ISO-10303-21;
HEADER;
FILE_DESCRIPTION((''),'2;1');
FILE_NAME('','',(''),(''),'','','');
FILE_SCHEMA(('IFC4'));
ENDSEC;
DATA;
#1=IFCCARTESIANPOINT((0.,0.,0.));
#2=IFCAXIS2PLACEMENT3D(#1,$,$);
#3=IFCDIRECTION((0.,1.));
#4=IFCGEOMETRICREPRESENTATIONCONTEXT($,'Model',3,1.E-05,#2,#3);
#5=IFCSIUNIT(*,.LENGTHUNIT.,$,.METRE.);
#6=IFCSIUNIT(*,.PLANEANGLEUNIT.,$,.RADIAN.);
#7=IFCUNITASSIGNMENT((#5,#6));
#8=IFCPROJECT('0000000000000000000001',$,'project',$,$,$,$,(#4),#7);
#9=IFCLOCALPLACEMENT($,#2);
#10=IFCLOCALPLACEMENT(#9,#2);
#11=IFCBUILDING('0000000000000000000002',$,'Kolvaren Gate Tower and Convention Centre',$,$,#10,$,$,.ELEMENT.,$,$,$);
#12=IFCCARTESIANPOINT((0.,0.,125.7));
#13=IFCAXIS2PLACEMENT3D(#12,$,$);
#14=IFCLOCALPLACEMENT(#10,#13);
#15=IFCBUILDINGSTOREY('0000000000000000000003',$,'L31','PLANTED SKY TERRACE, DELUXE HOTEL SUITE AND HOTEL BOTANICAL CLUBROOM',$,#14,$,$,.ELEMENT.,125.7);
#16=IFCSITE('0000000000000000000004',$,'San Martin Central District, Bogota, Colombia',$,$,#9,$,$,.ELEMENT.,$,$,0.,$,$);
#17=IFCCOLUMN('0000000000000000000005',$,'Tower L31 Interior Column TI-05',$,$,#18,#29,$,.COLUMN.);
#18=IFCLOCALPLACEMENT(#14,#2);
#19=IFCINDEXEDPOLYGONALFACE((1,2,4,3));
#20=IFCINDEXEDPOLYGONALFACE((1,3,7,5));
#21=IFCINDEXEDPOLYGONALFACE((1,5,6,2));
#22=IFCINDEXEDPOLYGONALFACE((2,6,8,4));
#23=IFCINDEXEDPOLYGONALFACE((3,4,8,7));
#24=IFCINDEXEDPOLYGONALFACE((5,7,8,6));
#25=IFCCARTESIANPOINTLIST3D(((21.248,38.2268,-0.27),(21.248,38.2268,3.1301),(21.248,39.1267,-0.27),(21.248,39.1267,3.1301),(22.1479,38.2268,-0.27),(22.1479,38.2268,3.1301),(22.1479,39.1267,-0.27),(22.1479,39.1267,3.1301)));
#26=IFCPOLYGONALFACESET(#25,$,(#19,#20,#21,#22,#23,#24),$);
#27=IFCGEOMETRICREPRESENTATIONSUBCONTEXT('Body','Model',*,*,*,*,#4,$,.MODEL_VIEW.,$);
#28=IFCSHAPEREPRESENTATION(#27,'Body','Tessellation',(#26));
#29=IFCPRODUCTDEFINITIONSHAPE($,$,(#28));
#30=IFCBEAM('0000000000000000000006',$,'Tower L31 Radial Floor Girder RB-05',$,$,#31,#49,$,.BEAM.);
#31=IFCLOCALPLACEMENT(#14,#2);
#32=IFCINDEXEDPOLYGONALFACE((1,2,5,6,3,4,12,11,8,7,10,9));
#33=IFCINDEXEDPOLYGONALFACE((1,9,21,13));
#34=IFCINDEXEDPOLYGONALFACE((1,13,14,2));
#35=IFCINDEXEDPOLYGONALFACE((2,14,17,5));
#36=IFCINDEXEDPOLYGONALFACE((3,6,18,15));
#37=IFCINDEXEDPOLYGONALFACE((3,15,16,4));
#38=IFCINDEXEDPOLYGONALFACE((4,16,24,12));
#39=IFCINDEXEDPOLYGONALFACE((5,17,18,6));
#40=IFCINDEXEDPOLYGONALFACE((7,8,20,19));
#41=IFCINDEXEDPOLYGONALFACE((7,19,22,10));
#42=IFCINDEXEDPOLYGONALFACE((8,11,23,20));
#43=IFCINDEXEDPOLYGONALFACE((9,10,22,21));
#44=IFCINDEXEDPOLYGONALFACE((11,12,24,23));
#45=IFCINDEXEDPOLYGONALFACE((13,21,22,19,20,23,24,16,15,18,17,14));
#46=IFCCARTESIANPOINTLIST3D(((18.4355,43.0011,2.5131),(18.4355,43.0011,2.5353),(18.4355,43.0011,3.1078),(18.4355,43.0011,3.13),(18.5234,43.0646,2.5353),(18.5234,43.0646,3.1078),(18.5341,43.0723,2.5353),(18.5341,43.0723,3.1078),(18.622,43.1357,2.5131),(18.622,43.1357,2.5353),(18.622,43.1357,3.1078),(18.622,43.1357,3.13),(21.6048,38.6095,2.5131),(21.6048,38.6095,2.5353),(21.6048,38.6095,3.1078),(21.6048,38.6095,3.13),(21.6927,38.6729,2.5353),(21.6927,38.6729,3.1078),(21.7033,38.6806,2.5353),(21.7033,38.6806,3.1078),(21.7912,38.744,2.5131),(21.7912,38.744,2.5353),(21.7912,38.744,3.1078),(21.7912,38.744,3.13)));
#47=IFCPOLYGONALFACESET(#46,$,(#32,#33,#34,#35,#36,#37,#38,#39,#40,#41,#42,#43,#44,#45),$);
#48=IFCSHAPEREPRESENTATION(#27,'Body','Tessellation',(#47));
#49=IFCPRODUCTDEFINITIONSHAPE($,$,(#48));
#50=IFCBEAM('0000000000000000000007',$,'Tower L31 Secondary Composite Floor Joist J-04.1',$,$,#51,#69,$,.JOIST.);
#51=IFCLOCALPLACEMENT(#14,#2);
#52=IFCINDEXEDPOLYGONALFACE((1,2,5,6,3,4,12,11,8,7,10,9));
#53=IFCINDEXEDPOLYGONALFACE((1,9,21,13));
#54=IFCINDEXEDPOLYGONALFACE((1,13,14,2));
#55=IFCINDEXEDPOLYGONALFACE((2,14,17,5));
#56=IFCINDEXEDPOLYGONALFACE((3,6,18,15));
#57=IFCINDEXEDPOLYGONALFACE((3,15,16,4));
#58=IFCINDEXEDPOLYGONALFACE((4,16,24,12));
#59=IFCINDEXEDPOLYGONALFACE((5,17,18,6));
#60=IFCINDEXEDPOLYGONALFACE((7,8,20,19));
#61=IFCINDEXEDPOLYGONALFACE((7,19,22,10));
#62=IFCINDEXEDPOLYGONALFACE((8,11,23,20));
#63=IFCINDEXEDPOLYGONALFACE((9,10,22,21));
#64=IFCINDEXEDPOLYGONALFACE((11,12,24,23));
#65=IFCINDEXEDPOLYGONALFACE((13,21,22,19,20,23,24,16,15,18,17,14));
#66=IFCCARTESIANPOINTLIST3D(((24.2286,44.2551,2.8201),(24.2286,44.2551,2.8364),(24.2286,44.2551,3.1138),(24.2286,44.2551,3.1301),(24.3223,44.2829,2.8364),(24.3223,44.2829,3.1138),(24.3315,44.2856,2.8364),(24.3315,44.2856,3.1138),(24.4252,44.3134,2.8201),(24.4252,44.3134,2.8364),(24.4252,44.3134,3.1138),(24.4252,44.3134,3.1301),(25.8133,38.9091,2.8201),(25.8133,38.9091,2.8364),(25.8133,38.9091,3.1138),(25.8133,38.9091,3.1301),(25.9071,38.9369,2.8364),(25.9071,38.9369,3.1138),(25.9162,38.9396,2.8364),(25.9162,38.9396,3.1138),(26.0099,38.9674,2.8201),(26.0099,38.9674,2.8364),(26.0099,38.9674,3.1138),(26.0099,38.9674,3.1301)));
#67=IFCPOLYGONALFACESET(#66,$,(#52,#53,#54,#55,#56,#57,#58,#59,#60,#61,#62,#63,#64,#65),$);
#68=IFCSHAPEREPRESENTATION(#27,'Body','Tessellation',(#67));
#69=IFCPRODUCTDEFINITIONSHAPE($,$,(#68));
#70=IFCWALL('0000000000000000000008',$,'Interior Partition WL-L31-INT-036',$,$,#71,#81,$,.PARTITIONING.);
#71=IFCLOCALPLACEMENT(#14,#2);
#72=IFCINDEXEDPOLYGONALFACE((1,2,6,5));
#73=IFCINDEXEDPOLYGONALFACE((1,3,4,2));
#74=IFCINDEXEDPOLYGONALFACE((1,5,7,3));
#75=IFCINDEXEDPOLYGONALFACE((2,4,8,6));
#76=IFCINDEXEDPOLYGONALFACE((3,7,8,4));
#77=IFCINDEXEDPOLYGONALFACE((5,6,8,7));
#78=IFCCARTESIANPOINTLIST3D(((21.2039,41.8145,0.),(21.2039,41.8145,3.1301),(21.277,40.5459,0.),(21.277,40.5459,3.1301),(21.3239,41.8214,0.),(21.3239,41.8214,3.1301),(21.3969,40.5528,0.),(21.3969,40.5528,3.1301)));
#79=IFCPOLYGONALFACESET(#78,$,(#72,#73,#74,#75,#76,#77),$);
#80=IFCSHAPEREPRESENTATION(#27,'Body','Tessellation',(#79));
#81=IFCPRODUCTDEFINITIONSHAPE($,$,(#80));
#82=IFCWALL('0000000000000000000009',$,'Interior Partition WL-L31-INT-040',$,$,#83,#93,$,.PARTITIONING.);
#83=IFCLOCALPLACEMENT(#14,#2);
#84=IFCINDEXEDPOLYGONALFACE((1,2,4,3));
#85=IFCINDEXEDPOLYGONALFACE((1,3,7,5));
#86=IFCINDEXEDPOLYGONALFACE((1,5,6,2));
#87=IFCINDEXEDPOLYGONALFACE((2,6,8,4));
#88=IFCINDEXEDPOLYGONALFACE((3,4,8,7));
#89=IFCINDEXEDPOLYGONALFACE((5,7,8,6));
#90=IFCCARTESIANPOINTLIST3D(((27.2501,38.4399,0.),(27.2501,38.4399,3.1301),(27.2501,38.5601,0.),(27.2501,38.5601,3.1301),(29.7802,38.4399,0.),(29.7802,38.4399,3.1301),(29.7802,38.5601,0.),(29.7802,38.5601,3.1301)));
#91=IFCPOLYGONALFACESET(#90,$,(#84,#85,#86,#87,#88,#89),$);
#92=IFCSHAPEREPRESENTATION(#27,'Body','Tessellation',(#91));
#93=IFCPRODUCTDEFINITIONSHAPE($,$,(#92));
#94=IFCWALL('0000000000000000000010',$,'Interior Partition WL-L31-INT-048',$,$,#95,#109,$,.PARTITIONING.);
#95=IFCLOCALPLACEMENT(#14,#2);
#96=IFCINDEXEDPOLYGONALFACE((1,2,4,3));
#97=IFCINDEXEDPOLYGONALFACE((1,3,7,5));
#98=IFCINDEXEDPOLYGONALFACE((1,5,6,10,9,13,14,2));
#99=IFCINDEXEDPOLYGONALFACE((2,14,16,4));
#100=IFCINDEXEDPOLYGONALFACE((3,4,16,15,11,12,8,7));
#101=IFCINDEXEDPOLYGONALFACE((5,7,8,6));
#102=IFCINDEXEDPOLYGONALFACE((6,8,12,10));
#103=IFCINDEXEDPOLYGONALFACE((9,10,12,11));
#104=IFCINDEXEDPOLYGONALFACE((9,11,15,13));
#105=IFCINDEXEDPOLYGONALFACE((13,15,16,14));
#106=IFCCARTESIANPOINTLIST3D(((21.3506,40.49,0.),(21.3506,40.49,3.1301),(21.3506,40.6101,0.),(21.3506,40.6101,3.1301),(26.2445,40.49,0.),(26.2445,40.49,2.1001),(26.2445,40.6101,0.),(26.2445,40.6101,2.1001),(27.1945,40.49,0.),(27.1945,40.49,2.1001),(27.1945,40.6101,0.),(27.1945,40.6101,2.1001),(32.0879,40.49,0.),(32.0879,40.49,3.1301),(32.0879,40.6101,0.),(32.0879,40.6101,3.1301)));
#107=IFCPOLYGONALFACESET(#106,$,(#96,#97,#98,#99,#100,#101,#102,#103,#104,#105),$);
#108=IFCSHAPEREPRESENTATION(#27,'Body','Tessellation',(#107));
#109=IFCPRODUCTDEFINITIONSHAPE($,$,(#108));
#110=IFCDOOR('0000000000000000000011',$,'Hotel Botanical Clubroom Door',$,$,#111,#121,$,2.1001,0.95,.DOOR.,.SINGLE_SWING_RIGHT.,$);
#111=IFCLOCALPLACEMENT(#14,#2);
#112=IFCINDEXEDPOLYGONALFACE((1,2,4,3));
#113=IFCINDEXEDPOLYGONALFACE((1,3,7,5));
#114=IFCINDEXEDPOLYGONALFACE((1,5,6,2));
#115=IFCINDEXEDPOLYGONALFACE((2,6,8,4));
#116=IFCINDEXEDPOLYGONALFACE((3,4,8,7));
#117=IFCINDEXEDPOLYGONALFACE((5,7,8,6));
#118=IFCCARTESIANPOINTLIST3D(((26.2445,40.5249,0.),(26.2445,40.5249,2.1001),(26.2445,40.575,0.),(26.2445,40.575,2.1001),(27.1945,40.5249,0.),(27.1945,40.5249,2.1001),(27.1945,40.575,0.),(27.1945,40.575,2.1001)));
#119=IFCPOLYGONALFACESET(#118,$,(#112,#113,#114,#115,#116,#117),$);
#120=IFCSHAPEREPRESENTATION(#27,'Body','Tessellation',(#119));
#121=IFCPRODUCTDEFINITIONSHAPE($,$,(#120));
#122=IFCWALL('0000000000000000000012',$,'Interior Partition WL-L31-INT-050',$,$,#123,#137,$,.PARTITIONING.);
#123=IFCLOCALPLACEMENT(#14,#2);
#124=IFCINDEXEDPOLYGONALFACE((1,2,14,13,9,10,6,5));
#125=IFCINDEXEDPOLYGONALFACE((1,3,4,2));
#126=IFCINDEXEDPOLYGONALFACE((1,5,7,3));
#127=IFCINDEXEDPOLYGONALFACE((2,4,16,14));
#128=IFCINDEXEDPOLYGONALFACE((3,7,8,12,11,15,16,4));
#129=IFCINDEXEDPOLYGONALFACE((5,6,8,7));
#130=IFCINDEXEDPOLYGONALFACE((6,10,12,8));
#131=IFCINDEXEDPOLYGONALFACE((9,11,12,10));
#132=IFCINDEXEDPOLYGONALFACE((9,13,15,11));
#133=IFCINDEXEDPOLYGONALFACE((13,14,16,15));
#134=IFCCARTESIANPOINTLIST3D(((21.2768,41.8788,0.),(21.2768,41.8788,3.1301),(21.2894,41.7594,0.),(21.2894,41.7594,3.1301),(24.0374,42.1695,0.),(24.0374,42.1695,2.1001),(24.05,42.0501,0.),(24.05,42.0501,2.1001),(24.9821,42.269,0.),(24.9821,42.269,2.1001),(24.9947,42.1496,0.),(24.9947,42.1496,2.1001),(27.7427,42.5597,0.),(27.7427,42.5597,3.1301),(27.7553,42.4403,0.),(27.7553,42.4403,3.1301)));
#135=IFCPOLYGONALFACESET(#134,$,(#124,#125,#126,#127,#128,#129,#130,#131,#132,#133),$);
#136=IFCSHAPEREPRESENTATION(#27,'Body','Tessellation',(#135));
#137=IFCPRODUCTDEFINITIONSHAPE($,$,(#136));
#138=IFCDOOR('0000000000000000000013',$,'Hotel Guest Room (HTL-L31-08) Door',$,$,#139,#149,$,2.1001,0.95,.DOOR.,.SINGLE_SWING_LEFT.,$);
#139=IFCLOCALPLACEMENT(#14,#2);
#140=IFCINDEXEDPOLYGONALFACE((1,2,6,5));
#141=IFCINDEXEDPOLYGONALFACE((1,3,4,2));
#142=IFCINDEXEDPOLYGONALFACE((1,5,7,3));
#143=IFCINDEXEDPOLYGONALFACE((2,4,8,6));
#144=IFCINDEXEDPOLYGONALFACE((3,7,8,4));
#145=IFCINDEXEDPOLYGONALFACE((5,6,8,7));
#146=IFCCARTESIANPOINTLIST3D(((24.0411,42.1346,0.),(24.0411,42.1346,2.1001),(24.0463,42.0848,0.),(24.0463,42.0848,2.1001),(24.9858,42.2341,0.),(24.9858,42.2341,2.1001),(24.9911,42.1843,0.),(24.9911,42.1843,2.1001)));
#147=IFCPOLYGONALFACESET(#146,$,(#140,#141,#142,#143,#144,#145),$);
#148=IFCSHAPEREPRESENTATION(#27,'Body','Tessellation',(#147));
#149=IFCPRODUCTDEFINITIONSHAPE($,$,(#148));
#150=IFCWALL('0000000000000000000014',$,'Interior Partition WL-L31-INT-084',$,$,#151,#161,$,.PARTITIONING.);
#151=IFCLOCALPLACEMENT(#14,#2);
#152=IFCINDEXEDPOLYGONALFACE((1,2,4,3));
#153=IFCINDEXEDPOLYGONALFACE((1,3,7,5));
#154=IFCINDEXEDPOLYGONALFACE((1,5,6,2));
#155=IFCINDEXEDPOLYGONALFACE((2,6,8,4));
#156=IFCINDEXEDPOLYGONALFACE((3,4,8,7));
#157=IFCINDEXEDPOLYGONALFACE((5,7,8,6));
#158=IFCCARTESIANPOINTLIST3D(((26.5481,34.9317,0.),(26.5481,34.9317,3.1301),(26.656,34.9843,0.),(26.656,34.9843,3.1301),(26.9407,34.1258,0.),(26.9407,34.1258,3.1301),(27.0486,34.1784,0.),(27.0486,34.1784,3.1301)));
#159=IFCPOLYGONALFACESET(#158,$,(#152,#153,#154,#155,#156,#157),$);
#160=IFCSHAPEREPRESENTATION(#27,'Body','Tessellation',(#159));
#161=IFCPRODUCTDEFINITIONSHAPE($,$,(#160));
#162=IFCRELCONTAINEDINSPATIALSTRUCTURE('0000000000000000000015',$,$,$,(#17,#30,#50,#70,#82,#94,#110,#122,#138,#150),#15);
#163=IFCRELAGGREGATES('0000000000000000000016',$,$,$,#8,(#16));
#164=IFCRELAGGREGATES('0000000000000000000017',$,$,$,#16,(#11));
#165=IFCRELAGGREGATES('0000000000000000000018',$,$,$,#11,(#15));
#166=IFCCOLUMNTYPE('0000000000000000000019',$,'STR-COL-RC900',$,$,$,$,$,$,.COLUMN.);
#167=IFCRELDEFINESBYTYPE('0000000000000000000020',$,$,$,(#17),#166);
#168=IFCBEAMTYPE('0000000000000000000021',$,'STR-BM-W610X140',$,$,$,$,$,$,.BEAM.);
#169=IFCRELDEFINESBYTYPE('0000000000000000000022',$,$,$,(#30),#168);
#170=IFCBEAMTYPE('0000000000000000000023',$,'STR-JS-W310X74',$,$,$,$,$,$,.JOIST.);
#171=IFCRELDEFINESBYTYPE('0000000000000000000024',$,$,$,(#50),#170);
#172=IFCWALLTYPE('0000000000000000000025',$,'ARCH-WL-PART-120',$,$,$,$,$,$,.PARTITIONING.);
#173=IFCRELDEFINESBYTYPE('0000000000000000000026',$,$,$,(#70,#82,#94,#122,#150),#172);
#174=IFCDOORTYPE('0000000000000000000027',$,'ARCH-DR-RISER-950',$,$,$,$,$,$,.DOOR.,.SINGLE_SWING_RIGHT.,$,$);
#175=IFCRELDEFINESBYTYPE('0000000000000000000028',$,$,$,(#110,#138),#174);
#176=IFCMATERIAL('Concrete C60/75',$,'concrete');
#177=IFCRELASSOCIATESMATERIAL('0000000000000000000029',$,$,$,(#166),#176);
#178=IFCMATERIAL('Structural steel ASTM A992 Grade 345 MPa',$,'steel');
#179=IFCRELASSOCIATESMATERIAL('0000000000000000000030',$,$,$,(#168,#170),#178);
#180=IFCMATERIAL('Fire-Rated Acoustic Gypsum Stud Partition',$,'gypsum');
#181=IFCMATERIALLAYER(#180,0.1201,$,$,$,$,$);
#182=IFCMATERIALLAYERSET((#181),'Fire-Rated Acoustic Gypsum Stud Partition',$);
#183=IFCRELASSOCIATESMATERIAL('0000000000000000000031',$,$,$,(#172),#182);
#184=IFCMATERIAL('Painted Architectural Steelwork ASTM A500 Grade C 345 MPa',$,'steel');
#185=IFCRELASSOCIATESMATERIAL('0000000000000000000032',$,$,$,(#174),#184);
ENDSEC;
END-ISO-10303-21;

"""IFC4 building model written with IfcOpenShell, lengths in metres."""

from ifc_helpers import new_model, si_unit, direction, frame, frame_2d, origin, origin_2d, place, context, subcontext, project, spatial, rectangle, i_section, extrude, material, layer, layer_set, material_profile, profile_set, type_object, element, fill, save


model = new_model("IFC4")

# Units and contexts
model_context = context("Model", 3, precision=1e-05, world=origin(), true_north=direction((0.0, 1.0)))
body_context = subcontext(model_context, "Body", "Model", "MODEL_VIEW")
ifc_project = project(units=[si_unit("LENGTHUNIT", "METRE"), si_unit("PLANEANGLEUNIT", "RADIAN")], contexts=[model_context])

# Site, building, storey
site_placement = place(None, origin())
site = spatial("IfcSite", under=ifc_project, at=site_placement, Name="San Martin Central District, Bogota, Colombia", CompositionType="ELEMENT", RefElevation=0.0)
building_placement = place(site_placement, origin())
building = spatial("IfcBuilding", under=site, at=building_placement, Name="Kolvaren Gate Tower and Convention Centre", CompositionType="ELEMENT")
storey_placement = place(building_placement, frame((0.0, 0.0, 125.7)))
storey = spatial("IfcBuildingStorey", under=building, at=storey_placement, Name="L31", Description="PLANTED SKY TERRACE, DELUXE HOTEL SUITE AND HOTEL BOTANICAL CLUBROOM", CompositionType="ELEMENT", Elevation=125.7)

# Column
ifc_material_1 = material(Name="Concrete C60/75", Category="concrete")
ifc_material_profile_1 = material_profile(ifc_material_1, rectangle(XDim=0.8999, YDim=0.8999, at=origin_2d()), Name="RC-COL-900X900")
ifc_profile_set_1 = profile_set([ifc_material_profile_1], Name="Concrete C60/75")
column_type = type_object("IfcColumnType", Name="STR-COL-RC900", PredefinedType="COLUMN", material=ifc_profile_set_1)
column_placement = place(storey_placement, frame((21.698, 38.6768, -0.27), z_axis=(0.0, 0.0, 1.0), x_axis=(1.0, 0.0, 0.0)))
element("IfcColumn", 1, at=column_placement, inside=storey, type_object=column_type, Name="Tower L31 Interior Column TI-05", PredefinedType="COLUMN", context=body_context, shape_type="SweptSolid", body=[
    extrude(rectangle(XDim=0.8999, YDim=0.8999, at=origin_2d()), origin(), (0.0, 0.0, 1.0), 3.4001),
])

# Beams
ifc_material_2 = material(Name="Structural steel ASTM A992 Grade 345 MPa", Category="steel")
ifc_material_profile_2 = material_profile(ifc_material_2, i_section(OverallWidth=0.23, OverallDepth=0.6169, WebThickness=0.0132, FlangeThickness=0.0222, at=origin_2d()), Name="W610X140")
ifc_profile_set_2 = profile_set([ifc_material_profile_2], Name="Structural steel ASTM A992 Grade 345 MPa")
beam_type_1 = type_object("IfcBeamType", Name="STR-BM-W610X140", PredefinedType="BEAM", material=ifc_profile_set_2)
beam_1_placement = place(storey_placement, frame((21.698, 38.6768, 2.8215), z_axis=(-0.585184, 0.8109, 0.0), x_axis=(-0.8109, -0.585184, 0.0)))
element("IfcBeam", 2, at=beam_1_placement, inside=storey, type_object=beam_type_1, Name="Tower L31 Radial Floor Girder RB-05", PredefinedType="BEAM", context=body_context, shape_type="SweptSolid", body=[
    extrude(i_section(OverallWidth=0.23, OverallDepth=0.6169, WebThickness=0.0132, FlangeThickness=0.0222, at=origin_2d()), origin(), (0.0, 0.0, 1.0), 5.4158),
])
ifc_material_profile_3 = material_profile(ifc_material_2, i_section(OverallWidth=0.2051, OverallDepth=0.3101, WebThickness=0.0095, FlangeThickness=0.0164, at=origin_2d()), Name="W310X74")
ifc_profile_set_3 = profile_set([ifc_material_profile_3], Name="Structural steel ASTM A992 Grade 345 MPa")
beam_type_2 = type_object("IfcBeamType", Name="STR-JS-W310X74", PredefinedType="JOIST", material=ifc_profile_set_3)
beam_2_placement = place(storey_placement, frame((25.9116, 38.9382, 2.9751), z_axis=(-0.284209, 0.958762, 0.0), x_axis=(-0.958762, -0.284209, 0.0)))
element("IfcBeam", 3, at=beam_2_placement, inside=storey, type_object=beam_type_2, Name="Tower L31 Secondary Composite Floor Joist J-04.1", PredefinedType="JOIST", context=body_context, shape_type="SweptSolid", body=[
    extrude(i_section(OverallWidth=0.2051, OverallDepth=0.3101, WebThickness=0.0095, FlangeThickness=0.0164, at=origin_2d()), origin(), (0.0, 0.0, 1.0), 5.5759),
])

# Walls
ifc_material_3 = material(Name="Fire-Rated Acoustic Gypsum Stud Partition", Category="gypsum")
ifc_layer_1 = layer(ifc_material_3, 0.1201)
ifc_layer_set_1 = layer_set([ifc_layer_1], Name="Fire-Rated Acoustic Gypsum Stud Partition")
wall_type_1 = type_object("IfcWallType", Name="ARCH-WL-PART-120", PredefinedType="PARTITIONING", material=ifc_layer_set_1)
wall_1_placement = place(storey_placement, frame((21.2639, 41.8179, 0.0), z_axis=(0.0, 0.0, 1.0), x_axis=(0.057449, -0.998348, 0.0)))
element("IfcWall", 4, at=wall_1_placement, inside=storey, type_object=wall_type_1, Name="Interior Partition WL-L31-INT-036", PredefinedType="PARTITIONING", context=body_context, shape_type="SweptSolid", body=[
    extrude(rectangle(XDim=1.2708, YDim=0.1201, at=frame_2d((0.6353, 0.0))), origin(), (0.0, 0.0, 1.0), 3.1301),
])
wall_2_placement = place(storey_placement, frame((27.25, 38.5, 0.0), z_axis=(0.0, 0.0, 1.0), x_axis=(1.0, 0.0, 0.0)))
element("IfcWall", 5, at=wall_2_placement, inside=storey, type_object=wall_type_1, Name="Interior Partition WL-L31-INT-040", PredefinedType="PARTITIONING", context=body_context, shape_type="SweptSolid", body=[
    extrude(rectangle(XDim=2.53, YDim=0.1201, at=frame_2d((1.2651, 0.0))), origin(), (0.0, 0.0, 1.0), 3.1301),
])

# Walls, openings, doors
wall_3_placement = place(storey_placement, frame((21.3506, 40.55, 0.0), z_axis=(0.0, 0.0, 1.0), x_axis=(1.0, 0.0, 0.0)))
wall_3 = element("IfcWall", 6, at=wall_3_placement, inside=storey, type_object=wall_type_1, Name="Interior Partition WL-L31-INT-048", PredefinedType="PARTITIONING", context=body_context, shape_type="SweptSolid", body=[
    extrude(rectangle(XDim=10.7373, YDim=0.1201, at=frame_2d((5.3687, 0.0))), origin(), (0.0, 0.0, 1.0), 3.1301),
])
opening_1_placement = place(wall_3_placement, frame((4.8938, 0.0, 0.0)))
opening_1 = element("IfcOpeningElement", 7, at=opening_1_placement, cuts=wall_3, PredefinedType="OPENING", context=body_context, shape_type="SweptSolid", body=[
    extrude(rectangle(XDim=0.95, YDim=2.1001, at=frame_2d((0.4751, 1.05))), frame((0.0, 0.0701, 0.0), z_axis=(0.0, -1.0, 0.0), x_axis=(1.0, 0.0, 0.0)), (0.0, 0.0, 1.0), 0.1401),
])
ifc_material_4 = material(Name="Painted Architectural Steelwork ASTM A500 Grade C 345 MPa", Category="steel")
door_type_1 = type_object("IfcDoorType", Name="ARCH-DR-RISER-950", OperationType="SINGLE_SWING_RIGHT", PredefinedType="DOOR", material=ifc_material_4)
door_1_placement = place(opening_1_placement, origin())
door_1 = element("IfcDoor", 8, at=door_1_placement, inside=storey, type_object=door_type_1, Name="Hotel Botanical Clubroom Door", OperationType="SINGLE_SWING_RIGHT", OverallHeight=2.1001, OverallWidth=0.95, PredefinedType="DOOR", context=body_context, shape_type="SweptSolid", body=[
    extrude(rectangle(XDim=0.95, YDim=2.1001, at=frame_2d((0.4751, 1.05))), frame((0.0, 0.0249, 0.0), z_axis=(0.0, -1.0, 0.0), x_axis=(1.0, 0.0, 0.0)), (0.0, 0.0, 1.0), 0.05),
])
fill(opening_1, door_1)
wall_4_placement = place(storey_placement, frame((21.283, 41.8191, 0.0), z_axis=(0.0, 0.0, 1.0), x_axis=(0.994501, 0.104726, 0.0)))
wall_4 = element("IfcWall", 9, at=wall_4_placement, inside=storey, type_object=wall_type_1, Name="Interior Partition WL-L31-INT-050", PredefinedType="PARTITIONING", context=body_context, shape_type="SweptSolid", body=[
    extrude(rectangle(XDim=6.5017, YDim=0.1201, at=frame_2d((3.251, 0.0))), origin(), (0.0, 0.0, 1.0), 3.1301),
])
opening_2_placement = place(wall_4_placement, frame((2.7759, 0.0, 0.0)))
opening_2 = element("IfcOpeningElement", 10, at=opening_2_placement, cuts=wall_4, PredefinedType="OPENING", context=body_context, shape_type="SweptSolid", body=[
    extrude(rectangle(XDim=0.95, YDim=2.1001, at=frame_2d((0.4751, 1.05))), frame((0.0, 0.0701, 0.0), z_axis=(0.0, -1.0, 0.0), x_axis=(1.0, 0.0, 0.0)), (0.0, 0.0, 1.0), 0.1401),
])
door_2_placement = place(opening_2_placement, origin())
door_2 = element("IfcDoor", 11, at=door_2_placement, inside=storey, type_object=door_type_1, Name="Hotel Guest Room (HTL-L31-08) Door", OperationType="SINGLE_SWING_LEFT", OverallHeight=2.1001, OverallWidth=0.95, PredefinedType="DOOR", context=body_context, shape_type="SweptSolid", body=[
    extrude(rectangle(XDim=0.95, YDim=2.1001, at=frame_2d((0.4751, 1.05))), frame((0.0, 0.0249, 0.0), z_axis=(0.0, -1.0, 0.0), x_axis=(1.0, 0.0, 0.0)), (0.0, 0.0, 1.0), 0.05),
])
fill(opening_2, door_2)

# Wall
wall_5_placement = place(storey_placement, frame((26.6021, 34.958, 0.0), z_axis=(0.0, 0.0, 1.0), x_axis=(0.43793, -0.899009, 0.0)))
element("IfcWall", 12, at=wall_5_placement, inside=storey, type_object=wall_type_1, Name="Interior Partition WL-L31-INT-084", PredefinedType="PARTITIONING", context=body_context, shape_type="SweptSolid", body=[
    extrude(rectangle(XDim=0.8965, YDim=0.1201, at=frame_2d((0.4482, 0.0))), origin(), (0.0, 0.0, 1.0), 3.1301),
])

save(model, "model.ifc")
